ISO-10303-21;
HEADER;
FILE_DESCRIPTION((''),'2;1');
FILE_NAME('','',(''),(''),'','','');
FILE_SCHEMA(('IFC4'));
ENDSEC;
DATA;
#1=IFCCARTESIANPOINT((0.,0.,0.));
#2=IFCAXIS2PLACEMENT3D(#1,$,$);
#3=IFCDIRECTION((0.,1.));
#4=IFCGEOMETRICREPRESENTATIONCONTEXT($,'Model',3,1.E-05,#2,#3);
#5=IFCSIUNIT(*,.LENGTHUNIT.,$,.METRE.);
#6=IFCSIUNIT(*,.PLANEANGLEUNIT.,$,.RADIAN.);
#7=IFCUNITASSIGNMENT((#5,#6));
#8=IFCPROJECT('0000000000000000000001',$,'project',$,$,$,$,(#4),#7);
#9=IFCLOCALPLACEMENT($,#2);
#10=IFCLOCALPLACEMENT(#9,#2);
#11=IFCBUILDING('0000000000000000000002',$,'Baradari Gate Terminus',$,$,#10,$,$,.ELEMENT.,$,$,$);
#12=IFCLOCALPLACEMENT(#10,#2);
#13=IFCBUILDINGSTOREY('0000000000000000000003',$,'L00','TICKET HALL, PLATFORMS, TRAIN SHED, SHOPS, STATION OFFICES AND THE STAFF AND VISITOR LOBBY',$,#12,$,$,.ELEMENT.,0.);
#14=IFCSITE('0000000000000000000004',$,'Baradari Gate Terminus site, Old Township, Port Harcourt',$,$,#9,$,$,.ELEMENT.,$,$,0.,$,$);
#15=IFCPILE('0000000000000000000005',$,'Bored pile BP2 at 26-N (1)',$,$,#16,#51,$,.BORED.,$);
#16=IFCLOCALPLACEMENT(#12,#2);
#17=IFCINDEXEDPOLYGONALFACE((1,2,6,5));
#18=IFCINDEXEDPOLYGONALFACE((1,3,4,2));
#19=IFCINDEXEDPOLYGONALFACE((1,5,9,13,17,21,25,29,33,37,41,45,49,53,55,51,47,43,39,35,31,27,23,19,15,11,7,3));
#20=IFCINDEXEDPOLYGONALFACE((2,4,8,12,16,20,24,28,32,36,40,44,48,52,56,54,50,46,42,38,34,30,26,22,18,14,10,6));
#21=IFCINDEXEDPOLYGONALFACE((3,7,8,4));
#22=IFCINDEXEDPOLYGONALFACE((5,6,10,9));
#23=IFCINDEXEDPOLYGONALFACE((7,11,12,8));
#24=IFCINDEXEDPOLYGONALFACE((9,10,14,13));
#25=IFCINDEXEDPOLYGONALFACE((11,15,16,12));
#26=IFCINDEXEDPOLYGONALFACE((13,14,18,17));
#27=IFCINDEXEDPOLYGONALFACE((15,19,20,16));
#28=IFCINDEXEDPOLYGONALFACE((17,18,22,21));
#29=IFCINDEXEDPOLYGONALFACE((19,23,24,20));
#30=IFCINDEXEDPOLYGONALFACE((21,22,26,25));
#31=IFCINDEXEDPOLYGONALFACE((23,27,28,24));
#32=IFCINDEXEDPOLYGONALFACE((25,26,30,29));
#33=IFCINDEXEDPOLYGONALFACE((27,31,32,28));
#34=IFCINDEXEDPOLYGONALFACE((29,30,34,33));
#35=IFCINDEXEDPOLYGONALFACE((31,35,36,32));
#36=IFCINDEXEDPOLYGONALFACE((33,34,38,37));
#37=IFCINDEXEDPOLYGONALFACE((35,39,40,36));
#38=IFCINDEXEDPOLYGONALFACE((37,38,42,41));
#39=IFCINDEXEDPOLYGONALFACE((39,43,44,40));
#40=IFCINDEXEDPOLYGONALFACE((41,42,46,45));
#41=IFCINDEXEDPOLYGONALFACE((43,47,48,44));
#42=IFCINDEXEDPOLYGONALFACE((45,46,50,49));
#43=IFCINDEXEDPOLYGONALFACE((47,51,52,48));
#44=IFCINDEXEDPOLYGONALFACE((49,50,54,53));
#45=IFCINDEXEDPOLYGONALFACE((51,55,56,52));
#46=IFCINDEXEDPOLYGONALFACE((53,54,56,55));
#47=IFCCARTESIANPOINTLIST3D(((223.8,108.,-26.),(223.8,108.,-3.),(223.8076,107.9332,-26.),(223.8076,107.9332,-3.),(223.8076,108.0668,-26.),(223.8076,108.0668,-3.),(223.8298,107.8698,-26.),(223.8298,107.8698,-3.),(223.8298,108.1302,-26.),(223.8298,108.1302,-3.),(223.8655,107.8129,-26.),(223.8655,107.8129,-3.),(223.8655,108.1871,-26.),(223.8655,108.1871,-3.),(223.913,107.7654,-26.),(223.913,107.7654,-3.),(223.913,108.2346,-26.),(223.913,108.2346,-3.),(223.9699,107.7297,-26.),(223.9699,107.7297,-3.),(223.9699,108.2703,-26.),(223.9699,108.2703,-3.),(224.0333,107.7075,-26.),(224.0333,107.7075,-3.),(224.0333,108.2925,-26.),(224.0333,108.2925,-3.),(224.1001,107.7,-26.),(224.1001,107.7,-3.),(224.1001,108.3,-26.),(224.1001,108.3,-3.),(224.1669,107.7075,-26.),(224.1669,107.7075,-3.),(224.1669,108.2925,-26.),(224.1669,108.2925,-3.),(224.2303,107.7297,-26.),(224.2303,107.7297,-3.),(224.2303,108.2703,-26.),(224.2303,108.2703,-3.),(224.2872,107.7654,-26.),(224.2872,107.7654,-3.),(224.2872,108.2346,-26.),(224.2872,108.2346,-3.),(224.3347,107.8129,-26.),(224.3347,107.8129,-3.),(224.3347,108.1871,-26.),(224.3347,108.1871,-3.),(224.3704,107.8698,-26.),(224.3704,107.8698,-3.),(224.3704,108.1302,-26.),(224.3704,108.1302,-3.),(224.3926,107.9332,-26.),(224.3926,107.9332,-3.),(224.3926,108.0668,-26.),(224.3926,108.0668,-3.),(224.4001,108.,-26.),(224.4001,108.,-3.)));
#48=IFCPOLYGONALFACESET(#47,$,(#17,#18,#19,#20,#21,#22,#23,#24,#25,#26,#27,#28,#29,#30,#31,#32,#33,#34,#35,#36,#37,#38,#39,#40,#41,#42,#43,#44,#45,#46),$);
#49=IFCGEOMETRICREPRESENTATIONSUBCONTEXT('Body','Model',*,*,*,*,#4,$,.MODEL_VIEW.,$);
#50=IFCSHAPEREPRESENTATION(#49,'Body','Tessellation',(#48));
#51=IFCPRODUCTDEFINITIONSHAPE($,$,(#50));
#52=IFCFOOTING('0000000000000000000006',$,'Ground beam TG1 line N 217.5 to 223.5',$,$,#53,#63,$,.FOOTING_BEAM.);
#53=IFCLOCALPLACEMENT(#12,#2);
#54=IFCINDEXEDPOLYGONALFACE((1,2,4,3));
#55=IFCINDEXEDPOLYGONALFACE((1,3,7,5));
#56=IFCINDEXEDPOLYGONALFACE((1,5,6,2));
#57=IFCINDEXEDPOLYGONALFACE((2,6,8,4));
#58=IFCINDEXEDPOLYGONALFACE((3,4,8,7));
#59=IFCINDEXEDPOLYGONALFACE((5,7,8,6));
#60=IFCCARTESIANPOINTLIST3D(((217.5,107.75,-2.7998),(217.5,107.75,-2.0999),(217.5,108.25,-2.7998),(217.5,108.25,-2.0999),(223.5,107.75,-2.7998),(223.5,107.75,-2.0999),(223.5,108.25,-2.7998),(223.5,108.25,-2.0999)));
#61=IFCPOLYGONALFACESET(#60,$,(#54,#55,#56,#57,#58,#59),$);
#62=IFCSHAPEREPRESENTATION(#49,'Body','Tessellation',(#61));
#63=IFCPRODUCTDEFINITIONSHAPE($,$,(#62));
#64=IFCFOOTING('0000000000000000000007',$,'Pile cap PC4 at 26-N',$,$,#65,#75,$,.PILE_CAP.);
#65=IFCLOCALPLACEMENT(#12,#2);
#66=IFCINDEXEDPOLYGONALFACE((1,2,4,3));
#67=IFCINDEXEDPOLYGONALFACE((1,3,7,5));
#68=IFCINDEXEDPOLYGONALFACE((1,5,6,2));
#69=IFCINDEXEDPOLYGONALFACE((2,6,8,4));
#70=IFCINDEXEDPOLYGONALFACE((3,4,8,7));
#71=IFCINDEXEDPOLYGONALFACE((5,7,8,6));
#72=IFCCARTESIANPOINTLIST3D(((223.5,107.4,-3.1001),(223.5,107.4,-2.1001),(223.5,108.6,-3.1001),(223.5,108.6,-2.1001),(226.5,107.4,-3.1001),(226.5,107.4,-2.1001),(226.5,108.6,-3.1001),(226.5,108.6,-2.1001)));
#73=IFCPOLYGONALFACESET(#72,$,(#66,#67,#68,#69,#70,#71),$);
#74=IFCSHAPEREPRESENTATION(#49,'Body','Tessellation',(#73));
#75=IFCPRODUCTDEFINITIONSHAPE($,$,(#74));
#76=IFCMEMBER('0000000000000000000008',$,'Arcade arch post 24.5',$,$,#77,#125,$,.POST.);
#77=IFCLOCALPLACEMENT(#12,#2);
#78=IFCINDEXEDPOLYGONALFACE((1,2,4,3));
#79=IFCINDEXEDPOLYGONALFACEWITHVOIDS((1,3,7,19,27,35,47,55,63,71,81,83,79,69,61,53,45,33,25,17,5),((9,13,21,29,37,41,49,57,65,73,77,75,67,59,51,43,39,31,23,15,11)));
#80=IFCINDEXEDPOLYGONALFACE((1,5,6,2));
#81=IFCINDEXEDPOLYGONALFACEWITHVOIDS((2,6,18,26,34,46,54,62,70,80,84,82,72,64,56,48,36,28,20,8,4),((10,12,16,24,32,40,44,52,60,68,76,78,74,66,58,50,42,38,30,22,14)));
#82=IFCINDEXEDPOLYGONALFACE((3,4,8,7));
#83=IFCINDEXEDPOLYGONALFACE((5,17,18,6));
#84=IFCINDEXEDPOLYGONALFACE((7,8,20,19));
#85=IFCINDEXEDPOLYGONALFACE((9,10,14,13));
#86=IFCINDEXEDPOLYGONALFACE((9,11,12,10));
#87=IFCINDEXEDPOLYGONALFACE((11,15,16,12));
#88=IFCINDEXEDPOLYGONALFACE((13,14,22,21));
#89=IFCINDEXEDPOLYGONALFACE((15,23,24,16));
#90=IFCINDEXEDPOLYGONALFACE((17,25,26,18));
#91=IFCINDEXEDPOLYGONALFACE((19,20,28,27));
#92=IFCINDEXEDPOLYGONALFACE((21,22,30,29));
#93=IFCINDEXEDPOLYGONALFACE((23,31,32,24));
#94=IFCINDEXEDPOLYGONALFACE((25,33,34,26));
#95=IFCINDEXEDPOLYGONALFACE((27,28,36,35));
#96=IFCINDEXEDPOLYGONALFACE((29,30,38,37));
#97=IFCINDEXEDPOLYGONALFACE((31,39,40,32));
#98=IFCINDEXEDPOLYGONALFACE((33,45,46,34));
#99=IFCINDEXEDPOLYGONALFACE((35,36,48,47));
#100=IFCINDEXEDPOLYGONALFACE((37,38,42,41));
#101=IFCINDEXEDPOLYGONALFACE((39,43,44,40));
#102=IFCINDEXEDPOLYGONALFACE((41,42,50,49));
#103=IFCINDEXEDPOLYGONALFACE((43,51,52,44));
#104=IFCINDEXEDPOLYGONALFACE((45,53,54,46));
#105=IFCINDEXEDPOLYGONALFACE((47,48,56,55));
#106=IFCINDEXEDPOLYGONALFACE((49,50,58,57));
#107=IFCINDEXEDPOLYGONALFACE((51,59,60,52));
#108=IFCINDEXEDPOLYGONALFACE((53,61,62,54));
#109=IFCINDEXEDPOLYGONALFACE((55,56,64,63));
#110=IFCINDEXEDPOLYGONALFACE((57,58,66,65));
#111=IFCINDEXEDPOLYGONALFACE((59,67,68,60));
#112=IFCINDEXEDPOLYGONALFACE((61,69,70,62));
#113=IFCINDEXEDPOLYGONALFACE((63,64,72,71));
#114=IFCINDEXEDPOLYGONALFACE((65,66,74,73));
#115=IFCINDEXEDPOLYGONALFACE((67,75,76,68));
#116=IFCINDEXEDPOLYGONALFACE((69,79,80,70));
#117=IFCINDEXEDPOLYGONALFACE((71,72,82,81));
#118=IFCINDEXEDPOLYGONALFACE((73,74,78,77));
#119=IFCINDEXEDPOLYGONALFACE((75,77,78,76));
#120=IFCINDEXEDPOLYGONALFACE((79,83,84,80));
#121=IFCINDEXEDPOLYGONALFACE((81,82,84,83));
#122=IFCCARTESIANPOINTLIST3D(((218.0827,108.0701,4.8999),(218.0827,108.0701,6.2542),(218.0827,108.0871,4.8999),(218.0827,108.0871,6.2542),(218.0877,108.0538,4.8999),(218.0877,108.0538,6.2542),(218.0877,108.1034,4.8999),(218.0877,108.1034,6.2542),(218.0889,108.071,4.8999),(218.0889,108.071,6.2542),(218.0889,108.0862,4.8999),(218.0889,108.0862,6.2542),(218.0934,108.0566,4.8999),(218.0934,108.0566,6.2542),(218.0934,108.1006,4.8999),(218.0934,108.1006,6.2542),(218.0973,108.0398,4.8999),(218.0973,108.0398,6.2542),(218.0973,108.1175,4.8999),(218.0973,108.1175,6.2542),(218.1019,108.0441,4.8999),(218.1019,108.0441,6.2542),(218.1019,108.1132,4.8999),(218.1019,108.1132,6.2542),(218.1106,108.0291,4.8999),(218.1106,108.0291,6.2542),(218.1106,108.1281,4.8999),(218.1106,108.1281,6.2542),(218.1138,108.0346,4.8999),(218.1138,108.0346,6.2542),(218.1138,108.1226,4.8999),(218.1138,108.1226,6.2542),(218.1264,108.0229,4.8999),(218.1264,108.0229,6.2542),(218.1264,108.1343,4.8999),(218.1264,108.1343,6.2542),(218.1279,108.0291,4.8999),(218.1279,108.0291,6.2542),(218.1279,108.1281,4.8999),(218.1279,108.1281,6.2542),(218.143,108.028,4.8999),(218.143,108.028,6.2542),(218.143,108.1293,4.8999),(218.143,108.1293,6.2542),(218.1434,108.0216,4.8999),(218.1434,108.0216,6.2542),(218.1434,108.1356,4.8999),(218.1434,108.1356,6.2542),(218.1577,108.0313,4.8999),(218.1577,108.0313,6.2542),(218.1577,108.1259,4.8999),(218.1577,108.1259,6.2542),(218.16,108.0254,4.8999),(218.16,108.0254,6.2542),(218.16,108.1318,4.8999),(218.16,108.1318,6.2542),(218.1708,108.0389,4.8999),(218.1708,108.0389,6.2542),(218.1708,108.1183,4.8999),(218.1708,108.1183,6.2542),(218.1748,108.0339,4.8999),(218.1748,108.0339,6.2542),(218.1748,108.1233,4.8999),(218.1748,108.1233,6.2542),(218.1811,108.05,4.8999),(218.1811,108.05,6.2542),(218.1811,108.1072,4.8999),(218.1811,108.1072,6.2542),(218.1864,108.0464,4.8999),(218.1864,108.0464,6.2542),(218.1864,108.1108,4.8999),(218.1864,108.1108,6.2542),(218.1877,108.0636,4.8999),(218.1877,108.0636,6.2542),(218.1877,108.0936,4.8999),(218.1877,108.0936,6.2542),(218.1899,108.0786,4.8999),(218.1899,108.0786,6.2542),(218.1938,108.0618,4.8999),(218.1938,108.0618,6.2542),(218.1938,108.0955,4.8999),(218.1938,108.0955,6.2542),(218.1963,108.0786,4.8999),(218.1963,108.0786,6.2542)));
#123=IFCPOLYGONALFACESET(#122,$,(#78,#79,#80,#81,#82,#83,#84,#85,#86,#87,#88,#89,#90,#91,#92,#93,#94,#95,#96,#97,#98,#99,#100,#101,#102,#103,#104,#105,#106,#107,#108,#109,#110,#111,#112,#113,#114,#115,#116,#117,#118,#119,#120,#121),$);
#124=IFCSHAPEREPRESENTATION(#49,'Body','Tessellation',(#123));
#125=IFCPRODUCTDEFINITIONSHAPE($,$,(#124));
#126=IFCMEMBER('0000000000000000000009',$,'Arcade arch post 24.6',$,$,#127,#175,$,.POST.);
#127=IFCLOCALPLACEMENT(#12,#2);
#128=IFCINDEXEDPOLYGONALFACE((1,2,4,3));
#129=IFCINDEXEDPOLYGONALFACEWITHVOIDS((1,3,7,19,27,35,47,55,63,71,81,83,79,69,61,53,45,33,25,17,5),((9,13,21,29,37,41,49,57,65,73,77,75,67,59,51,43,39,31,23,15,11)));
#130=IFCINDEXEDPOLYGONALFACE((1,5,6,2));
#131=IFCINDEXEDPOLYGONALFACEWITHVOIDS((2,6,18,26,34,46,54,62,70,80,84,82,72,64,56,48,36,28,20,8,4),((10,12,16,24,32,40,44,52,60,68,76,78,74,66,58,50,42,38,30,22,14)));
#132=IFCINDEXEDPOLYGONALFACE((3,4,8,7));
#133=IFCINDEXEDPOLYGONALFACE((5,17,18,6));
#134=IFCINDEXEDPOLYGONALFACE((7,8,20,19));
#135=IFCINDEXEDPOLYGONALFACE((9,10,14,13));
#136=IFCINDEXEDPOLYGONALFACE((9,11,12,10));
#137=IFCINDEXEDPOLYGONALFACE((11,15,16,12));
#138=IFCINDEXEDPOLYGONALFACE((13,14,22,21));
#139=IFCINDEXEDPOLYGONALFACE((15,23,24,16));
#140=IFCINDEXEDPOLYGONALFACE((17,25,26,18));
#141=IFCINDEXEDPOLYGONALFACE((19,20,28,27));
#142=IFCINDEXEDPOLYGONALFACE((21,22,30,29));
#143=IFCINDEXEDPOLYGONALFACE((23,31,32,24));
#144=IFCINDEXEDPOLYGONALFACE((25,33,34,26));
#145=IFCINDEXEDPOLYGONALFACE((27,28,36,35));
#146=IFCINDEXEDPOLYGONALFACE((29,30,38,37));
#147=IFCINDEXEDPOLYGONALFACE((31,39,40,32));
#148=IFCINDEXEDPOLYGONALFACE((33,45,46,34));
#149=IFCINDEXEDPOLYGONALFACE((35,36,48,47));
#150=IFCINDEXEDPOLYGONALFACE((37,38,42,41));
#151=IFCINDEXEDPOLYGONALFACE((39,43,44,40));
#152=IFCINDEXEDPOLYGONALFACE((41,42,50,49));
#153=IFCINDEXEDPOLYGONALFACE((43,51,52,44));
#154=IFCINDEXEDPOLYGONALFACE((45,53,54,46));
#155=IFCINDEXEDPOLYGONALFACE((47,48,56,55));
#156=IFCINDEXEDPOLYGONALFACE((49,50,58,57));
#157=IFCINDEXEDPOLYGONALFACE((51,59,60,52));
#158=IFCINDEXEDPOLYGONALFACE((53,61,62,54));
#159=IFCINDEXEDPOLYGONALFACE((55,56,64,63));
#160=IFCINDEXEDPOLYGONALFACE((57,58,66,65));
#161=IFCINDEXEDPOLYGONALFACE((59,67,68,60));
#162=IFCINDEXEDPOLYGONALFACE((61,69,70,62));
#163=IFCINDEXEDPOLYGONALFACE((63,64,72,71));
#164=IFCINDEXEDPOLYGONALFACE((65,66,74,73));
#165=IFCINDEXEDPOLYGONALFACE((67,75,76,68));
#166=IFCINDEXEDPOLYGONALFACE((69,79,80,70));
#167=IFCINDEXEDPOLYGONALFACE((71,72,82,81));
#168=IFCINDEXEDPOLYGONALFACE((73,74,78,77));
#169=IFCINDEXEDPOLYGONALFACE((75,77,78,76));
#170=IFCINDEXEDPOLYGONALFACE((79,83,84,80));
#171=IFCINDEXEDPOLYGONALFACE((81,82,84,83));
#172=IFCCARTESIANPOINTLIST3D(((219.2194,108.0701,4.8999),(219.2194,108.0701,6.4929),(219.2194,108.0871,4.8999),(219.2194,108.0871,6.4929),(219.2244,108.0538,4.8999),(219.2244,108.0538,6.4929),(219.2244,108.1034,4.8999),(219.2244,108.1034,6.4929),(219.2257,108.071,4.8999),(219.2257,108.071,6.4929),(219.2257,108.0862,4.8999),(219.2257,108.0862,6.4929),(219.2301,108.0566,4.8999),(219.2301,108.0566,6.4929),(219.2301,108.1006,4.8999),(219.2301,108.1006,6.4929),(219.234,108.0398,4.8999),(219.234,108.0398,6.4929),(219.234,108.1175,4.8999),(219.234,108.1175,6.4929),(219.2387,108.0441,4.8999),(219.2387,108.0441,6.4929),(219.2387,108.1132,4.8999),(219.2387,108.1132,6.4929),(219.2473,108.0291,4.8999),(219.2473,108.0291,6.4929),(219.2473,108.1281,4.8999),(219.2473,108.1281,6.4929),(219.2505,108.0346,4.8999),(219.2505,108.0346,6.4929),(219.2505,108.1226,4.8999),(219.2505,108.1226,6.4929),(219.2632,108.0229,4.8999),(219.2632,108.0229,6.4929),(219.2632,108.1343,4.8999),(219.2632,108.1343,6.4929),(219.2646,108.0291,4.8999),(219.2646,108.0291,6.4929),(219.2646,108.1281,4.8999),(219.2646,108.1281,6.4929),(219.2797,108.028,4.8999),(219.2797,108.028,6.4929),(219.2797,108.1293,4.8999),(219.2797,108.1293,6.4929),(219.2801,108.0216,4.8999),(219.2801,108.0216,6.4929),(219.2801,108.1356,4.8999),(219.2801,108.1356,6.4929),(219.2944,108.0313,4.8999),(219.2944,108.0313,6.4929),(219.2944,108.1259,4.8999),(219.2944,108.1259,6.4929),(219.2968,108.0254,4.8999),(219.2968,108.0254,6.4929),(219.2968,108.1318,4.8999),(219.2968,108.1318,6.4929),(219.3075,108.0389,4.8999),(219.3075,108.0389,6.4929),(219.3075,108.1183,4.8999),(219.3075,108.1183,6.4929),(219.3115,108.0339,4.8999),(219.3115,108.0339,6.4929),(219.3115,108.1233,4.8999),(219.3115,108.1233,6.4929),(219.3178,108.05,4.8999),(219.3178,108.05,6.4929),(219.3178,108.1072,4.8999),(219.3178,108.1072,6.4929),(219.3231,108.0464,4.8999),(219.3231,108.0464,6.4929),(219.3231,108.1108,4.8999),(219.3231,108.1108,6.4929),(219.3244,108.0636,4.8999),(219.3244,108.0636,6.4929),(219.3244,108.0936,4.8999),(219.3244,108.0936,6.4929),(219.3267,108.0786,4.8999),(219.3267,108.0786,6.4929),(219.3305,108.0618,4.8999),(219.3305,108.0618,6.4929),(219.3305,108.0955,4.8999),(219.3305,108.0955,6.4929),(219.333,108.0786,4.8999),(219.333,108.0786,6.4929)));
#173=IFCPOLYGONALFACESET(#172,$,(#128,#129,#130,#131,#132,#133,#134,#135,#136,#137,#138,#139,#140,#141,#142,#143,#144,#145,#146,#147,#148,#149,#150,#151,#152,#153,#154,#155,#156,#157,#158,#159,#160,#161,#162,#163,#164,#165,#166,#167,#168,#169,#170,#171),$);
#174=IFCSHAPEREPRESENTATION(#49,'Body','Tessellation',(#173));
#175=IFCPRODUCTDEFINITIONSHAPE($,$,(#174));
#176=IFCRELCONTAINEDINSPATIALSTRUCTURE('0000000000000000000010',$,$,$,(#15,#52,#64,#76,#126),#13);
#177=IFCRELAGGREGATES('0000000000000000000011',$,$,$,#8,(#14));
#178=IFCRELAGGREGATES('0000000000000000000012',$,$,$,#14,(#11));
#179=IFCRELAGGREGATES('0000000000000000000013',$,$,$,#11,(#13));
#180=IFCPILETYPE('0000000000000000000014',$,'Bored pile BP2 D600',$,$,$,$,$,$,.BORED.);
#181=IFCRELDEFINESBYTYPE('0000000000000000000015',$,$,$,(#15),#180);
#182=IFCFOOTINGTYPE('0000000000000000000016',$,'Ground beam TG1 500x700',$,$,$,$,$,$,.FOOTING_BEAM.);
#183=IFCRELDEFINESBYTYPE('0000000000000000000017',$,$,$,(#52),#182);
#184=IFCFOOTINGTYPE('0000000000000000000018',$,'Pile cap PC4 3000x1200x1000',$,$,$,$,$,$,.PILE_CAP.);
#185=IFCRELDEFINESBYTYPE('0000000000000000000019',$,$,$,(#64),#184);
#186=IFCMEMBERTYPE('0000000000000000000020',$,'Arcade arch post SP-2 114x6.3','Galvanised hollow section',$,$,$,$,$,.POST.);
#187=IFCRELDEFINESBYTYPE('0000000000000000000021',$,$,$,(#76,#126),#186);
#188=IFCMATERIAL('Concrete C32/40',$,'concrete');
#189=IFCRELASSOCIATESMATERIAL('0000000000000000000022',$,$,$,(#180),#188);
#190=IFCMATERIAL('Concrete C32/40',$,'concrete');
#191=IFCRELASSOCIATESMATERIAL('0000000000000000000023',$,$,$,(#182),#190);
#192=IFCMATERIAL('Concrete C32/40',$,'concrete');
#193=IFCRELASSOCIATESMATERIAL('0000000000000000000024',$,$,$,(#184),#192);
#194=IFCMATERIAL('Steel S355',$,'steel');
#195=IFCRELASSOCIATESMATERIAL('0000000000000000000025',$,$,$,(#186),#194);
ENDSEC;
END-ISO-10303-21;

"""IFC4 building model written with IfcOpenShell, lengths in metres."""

from ifc_helpers import new_model, si_unit, direction, frame, origin, origin_2d, place, context, subcontext, project, spatial, rectangle, circle, hollow_circle, extrude, material, material_profile, profile_set, type_object, element, save


model = new_model("IFC4")

# Units and contexts
model_context = context("Model", 3, precision=1e-05, world=origin(), true_north=direction((0.0, 1.0)))
body_context = subcontext(model_context, "Body", "Model", "MODEL_VIEW")
ifc_project = project(units=[si_unit("LENGTHUNIT", "METRE"), si_unit("PLANEANGLEUNIT", "RADIAN")], contexts=[model_context])

# Site, building, storey
site_placement = place(None, origin())
site = spatial("IfcSite", under=ifc_project, at=site_placement, Name="Baradari Gate Terminus site, Old Township, Port Harcourt", CompositionType="ELEMENT", RefElevation=0.0)
building_placement = place(site_placement, origin())
building = spatial("IfcBuilding", under=site, at=building_placement, Name="Baradari Gate Terminus", CompositionType="ELEMENT")
storey_placement = place(building_placement, origin())
storey = spatial("IfcBuildingStorey", under=building, at=storey_placement, Name="L00", Description="TICKET HALL, PLATFORMS, TRAIN SHED, SHOPS, STATION OFFICES AND THE STAFF AND VISITOR LOBBY", CompositionType="ELEMENT", Elevation=0.0)

# Pile
ifc_material_1 = material(Name="Concrete C32/40", Category="concrete")
pile_type = type_object("IfcPileType", Name="Bored pile BP2 D600", PredefinedType="BORED", material=ifc_material_1)
pile_placement = place(storey_placement, frame((224.1001, 108.0, -3.0), z_axis=(0.0, 0.0, -1.0), x_axis=(1.0, 0.0, 0.0)))
element("IfcPile", 1, at=pile_placement, inside=storey, type_object=pile_type, Name="Bored pile BP2 at 26-N (1)", PredefinedType="BORED", context=body_context, shape_type="SweptSolid", body=[
    extrude(circle(Radius=0.3, at=origin_2d()), origin(), (0.0, 0.0, 1.0), 23.0),
])

# Footings
ifc_material_2 = material(Name="Concrete C32/40", Category="concrete")
footing_type_1 = type_object("IfcFootingType", Name="Ground beam TG1 500x700", PredefinedType="FOOTING_BEAM", material=ifc_material_2)
footing_1_placement = place(storey_placement, frame((220.5, 108.0, -2.7998), z_axis=(0.0, 0.0, 1.0), x_axis=(1.0, 0.0, 0.0)))
element("IfcFooting", 2, at=footing_1_placement, inside=storey, type_object=footing_type_1, Name="Ground beam TG1 line N 217.5 to 223.5", PredefinedType="FOOTING_BEAM", context=body_context, shape_type="SweptSolid", body=[
    extrude(rectangle(XDim=6.0, YDim=0.5, at=origin_2d()), origin(), (0.0, 0.0, 1.0), 0.7),
])
ifc_material_3 = material(Name="Concrete C32/40", Category="concrete")
footing_type_2 = type_object("IfcFootingType", Name="Pile cap PC4 3000x1200x1000", PredefinedType="PILE_CAP", material=ifc_material_3)
footing_2_placement = place(storey_placement, frame((225.0, 108.0, -3.1001), z_axis=(0.0, 0.0, 1.0), x_axis=(1.0, 0.0, 0.0)))
element("IfcFooting", 3, at=footing_2_placement, inside=storey, type_object=footing_type_2, Name="Pile cap PC4 at 26-N", PredefinedType="PILE_CAP", context=body_context, shape_type="SweptSolid", body=[
    extrude(rectangle(XDim=3.0, YDim=1.2, at=origin_2d()), origin(), (0.0, 0.0, 1.0), 1.0),
])

# Members
ifc_material_4 = material(Name="Steel S355", Category="steel")
ifc_material_profile_1 = material_profile(ifc_material_4, hollow_circle(Radius=0.0571, WallThickness=0.0063, at=origin_2d()), Name="CHS 114.3x6.3")
ifc_profile_set_1 = profile_set([ifc_material_profile_1], Name="Steel S355")
member_type_1 = type_object("IfcMemberType", Name="Arcade arch post SP-2 114x6.3", Description="Galvanised hollow section", PredefinedType="POST", material=ifc_profile_set_1)
member_1_placement = place(storey_placement, frame((218.1392, 108.0786, 4.8999), z_axis=(0.0, 0.0, 1.0), x_axis=(1.0, 0.0, 0.0)))
element("IfcMember", 4, at=member_1_placement, inside=storey, type_object=member_type_1, Name="Arcade arch post 24.5", PredefinedType="POST", context=body_context, shape_type="SweptSolid", body=[
    extrude(hollow_circle(Radius=0.0571, WallThickness=0.0063, at=origin_2d()), origin(), (0.0, 0.0, 1.0), 1.3542),
])
member_2_placement = place(storey_placement, frame((219.2759, 108.0786, 4.8999), z_axis=(0.0, 0.0, 1.0), x_axis=(1.0, 0.0, 0.0)))
element("IfcMember", 5, at=member_2_placement, inside=storey, type_object=member_type_1, Name="Arcade arch post 24.6", PredefinedType="POST", context=body_context, shape_type="SweptSolid", body=[
    extrude(hollow_circle(Radius=0.0571, WallThickness=0.0063, at=origin_2d()), origin(), (0.0, 0.0, 1.0), 1.593),
])

save(model, "model.ifc")
